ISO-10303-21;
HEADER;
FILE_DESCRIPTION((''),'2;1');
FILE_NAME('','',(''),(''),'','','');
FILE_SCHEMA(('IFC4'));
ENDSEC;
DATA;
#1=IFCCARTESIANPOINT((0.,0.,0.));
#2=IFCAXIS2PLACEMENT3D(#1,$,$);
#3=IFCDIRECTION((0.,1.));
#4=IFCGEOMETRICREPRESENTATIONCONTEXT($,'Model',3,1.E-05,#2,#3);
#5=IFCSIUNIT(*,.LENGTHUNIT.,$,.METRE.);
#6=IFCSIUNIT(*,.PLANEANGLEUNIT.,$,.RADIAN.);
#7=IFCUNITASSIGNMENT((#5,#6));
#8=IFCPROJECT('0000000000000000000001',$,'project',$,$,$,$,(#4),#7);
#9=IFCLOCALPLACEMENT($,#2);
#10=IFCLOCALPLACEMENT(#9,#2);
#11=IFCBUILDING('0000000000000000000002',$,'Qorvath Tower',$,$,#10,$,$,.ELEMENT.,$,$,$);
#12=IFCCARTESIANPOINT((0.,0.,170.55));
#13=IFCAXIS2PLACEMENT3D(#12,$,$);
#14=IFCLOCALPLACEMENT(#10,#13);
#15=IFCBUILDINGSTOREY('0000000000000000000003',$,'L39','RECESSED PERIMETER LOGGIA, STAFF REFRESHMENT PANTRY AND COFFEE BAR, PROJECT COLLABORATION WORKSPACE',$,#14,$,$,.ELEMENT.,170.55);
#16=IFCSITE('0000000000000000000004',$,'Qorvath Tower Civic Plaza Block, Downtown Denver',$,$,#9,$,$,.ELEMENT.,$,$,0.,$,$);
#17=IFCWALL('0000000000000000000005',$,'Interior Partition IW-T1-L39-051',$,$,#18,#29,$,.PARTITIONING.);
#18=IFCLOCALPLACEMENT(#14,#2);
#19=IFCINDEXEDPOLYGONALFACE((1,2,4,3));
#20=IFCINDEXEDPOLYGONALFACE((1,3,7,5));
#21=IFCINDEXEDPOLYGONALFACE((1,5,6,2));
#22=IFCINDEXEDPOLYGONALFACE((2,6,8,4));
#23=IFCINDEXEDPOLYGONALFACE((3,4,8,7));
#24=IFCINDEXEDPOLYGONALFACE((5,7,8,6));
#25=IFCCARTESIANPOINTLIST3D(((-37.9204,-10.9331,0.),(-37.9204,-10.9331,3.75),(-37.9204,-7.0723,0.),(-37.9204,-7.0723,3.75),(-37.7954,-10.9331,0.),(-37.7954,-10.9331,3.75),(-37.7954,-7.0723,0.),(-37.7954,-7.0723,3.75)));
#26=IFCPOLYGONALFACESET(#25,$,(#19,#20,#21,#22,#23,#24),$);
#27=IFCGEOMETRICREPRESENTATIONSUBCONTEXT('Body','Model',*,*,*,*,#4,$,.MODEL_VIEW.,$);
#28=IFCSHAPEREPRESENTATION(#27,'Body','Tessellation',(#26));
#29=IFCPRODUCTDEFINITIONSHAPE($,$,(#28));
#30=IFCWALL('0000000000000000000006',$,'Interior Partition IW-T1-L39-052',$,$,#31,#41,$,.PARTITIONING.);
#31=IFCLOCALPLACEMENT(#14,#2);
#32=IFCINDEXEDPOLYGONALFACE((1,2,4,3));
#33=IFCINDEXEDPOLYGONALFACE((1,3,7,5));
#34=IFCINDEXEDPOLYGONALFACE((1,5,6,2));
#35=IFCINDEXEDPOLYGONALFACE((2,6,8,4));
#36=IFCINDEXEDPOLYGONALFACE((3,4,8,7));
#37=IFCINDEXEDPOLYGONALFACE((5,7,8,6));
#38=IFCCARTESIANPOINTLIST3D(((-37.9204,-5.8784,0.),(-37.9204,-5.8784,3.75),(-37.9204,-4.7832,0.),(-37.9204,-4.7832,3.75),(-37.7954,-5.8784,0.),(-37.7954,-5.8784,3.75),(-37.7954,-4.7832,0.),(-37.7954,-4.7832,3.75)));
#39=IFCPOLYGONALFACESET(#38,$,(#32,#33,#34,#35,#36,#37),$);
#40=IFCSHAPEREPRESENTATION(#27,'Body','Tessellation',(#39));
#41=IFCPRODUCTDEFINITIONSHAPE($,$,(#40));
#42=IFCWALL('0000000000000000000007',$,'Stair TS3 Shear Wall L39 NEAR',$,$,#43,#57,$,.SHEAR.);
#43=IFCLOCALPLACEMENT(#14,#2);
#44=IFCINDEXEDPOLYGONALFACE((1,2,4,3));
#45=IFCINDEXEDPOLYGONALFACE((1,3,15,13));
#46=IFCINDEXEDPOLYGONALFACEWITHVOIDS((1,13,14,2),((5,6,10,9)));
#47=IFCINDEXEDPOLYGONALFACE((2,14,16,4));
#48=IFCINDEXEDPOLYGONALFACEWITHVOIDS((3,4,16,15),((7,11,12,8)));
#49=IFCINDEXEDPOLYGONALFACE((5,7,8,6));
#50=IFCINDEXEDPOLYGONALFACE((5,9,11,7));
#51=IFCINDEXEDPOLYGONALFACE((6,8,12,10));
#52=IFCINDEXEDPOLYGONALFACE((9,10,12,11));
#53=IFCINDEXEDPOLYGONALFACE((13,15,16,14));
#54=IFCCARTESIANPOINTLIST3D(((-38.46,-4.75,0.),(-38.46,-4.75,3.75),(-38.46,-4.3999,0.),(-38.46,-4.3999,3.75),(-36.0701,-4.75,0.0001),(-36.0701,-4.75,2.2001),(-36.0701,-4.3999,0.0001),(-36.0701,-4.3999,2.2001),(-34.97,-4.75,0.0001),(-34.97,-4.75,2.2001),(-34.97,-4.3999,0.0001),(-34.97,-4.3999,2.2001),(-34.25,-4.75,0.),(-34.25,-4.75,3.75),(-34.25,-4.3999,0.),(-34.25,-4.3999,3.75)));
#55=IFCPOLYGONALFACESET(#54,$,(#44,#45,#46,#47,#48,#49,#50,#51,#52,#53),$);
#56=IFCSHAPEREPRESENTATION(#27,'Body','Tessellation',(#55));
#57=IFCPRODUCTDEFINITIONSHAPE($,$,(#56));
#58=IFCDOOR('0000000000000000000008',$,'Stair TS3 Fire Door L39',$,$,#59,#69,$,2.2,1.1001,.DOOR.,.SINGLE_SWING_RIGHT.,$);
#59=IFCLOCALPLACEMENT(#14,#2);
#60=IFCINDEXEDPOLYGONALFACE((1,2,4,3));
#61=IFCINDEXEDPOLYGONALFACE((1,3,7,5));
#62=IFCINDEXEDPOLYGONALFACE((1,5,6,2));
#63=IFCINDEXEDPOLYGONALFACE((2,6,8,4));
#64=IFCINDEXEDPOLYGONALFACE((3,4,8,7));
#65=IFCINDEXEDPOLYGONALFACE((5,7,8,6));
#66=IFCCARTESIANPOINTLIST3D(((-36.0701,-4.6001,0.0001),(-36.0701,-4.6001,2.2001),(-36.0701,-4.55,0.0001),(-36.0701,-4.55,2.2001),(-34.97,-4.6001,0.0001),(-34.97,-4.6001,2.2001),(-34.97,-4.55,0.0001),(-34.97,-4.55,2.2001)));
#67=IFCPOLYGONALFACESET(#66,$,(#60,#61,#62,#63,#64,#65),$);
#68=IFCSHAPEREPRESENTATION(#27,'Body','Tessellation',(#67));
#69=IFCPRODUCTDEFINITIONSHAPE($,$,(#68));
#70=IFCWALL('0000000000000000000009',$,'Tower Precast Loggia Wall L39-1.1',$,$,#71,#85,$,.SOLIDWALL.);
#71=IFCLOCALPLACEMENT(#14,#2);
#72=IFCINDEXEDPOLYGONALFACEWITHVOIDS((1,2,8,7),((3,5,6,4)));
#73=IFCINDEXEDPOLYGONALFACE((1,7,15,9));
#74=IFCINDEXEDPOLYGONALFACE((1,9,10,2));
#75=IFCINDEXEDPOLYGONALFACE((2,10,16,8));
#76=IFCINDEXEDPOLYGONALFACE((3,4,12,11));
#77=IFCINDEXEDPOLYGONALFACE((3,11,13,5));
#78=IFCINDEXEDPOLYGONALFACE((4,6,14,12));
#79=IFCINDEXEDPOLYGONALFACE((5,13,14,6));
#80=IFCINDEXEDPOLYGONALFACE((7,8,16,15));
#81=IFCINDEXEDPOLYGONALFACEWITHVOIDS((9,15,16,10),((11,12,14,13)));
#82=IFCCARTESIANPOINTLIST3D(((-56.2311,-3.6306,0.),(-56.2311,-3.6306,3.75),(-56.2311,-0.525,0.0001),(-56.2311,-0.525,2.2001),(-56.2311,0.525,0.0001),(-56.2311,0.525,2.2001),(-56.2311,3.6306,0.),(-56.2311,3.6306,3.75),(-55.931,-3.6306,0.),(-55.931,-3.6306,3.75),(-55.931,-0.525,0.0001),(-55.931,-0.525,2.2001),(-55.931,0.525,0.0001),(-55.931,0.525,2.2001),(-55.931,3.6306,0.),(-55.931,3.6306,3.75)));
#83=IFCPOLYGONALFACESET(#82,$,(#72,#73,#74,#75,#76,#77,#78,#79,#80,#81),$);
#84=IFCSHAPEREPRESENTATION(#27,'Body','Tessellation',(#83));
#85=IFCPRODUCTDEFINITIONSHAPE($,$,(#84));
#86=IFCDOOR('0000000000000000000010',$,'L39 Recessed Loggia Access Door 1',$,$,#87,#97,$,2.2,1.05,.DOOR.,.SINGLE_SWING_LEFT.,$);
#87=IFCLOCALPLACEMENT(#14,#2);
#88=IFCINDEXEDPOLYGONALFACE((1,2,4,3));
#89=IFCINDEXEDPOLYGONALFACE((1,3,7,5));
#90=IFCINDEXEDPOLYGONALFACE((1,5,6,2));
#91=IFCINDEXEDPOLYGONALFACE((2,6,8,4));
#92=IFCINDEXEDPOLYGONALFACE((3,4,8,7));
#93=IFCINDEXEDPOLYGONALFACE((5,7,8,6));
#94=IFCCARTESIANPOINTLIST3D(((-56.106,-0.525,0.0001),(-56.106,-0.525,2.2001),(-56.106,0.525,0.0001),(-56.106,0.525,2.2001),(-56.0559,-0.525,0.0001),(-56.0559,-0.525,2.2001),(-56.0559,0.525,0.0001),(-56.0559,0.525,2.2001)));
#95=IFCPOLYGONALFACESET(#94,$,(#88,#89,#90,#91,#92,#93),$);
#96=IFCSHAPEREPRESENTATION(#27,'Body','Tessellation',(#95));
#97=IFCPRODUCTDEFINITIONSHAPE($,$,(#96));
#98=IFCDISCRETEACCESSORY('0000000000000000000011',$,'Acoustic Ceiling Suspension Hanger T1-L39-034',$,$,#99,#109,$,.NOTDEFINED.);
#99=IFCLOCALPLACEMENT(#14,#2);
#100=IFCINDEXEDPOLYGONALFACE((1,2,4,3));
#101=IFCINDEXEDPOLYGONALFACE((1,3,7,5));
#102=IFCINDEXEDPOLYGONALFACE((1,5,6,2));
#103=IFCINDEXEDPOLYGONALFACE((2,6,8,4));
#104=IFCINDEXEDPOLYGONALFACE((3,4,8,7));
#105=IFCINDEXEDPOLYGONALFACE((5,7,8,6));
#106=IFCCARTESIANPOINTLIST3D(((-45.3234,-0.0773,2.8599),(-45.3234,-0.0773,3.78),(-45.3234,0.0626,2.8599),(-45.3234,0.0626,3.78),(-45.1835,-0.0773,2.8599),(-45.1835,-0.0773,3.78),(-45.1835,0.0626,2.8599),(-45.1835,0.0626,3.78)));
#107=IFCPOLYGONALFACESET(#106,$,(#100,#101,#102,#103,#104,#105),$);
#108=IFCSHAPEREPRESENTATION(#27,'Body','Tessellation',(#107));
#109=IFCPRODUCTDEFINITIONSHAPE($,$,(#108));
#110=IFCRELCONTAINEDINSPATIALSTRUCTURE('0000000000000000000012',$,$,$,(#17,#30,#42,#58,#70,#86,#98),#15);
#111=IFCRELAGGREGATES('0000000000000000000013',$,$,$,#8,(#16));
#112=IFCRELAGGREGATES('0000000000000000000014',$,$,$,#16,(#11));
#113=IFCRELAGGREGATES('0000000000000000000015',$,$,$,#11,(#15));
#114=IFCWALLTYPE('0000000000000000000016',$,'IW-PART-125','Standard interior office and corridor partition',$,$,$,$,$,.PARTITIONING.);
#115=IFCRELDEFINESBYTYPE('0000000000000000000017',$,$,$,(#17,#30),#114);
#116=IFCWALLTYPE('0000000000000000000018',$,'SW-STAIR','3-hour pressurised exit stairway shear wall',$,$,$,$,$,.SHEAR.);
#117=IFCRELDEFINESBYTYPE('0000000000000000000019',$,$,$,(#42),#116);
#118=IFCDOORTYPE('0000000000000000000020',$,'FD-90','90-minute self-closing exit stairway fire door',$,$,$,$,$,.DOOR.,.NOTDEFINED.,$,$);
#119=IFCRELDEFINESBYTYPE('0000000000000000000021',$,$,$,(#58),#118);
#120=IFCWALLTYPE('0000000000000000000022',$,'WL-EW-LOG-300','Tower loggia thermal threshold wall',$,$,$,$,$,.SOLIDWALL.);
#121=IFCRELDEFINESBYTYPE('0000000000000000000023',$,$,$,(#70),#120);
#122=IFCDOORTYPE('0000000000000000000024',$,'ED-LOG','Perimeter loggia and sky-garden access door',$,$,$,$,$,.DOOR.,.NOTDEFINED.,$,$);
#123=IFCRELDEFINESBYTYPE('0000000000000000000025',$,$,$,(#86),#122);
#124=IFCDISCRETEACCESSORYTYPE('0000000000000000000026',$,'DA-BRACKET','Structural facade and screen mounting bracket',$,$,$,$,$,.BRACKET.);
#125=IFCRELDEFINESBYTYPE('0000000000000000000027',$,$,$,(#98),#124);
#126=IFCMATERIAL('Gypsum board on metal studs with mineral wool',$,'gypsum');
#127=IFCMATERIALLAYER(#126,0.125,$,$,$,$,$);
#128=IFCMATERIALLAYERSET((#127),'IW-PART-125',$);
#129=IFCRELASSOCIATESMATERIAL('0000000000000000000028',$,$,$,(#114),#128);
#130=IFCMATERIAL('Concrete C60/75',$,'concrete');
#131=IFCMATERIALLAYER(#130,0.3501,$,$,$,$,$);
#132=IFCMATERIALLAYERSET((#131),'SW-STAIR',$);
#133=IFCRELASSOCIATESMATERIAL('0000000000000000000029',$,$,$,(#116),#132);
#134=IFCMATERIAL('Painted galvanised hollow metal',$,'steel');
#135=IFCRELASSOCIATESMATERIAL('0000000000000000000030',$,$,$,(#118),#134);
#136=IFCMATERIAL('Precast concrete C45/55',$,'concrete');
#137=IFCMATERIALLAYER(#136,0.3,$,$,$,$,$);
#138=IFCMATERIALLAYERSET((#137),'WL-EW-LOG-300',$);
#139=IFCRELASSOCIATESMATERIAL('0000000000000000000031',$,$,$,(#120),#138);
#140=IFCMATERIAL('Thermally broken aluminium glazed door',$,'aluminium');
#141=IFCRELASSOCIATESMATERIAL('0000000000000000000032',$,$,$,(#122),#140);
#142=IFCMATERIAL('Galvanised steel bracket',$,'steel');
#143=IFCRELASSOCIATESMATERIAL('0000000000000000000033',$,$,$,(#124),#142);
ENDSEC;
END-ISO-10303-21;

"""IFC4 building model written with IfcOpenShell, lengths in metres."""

from ifc_helpers import new_model, si_unit, direction, frame, frame_2d, origin, origin_2d, place, context, subcontext, project, spatial, rectangle, extrude, material, layer, layer_set, type_object, element, fill, save


model = new_model("IFC4")

# Units and contexts
model_context = context("Model", 3, precision=1e-05, world=origin(), true_north=direction((0.0, 1.0)))
body_context = subcontext(model_context, "Body", "Model", "MODEL_VIEW")
ifc_project = project(units=[si_unit("LENGTHUNIT", "METRE"), si_unit("PLANEANGLEUNIT", "RADIAN")], contexts=[model_context])

# Site, building, storey
site_placement = place(None, origin())
site = spatial("IfcSite", under=ifc_project, at=site_placement, Name="Qorvath Tower Civic Plaza Block, Downtown Denver", CompositionType="ELEMENT", RefElevation=0.0)
building_placement = place(site_placement, origin())
building = spatial("IfcBuilding", under=site, at=building_placement, Name="Qorvath Tower", CompositionType="ELEMENT")
storey_placement = place(building_placement, frame((0.0, 0.0, 170.55)))
storey = spatial("IfcBuildingStorey", under=building, at=storey_placement, Name="L39", Description="RECESSED PERIMETER LOGGIA, STAFF REFRESHMENT PANTRY AND COFFEE BAR, PROJECT COLLABORATION WORKSPACE", CompositionType="ELEMENT", Elevation=170.55)

# Shared definitions
ifc_material_1 = material(Name="Gypsum board on metal studs with mineral wool", Category="gypsum")
ifc_layer_1 = layer(ifc_material_1, 0.125)
ifc_layer_set_1 = layer_set([ifc_layer_1], Name="IW-PART-125")
wall_type_1 = type_object("IfcWallType", Name="IW-PART-125", Description="Standard interior office and corridor partition", PredefinedType="PARTITIONING", material=ifc_layer_set_1)

# Walls
wall_1_placement = place(storey_placement, frame((-37.8579, -10.9331, 0.0), z_axis=(0.0, 0.0, 1.0), x_axis=(0.0, 1.0, 0.0)))
element("IfcWall", 1, at=wall_1_placement, inside=storey, type_object=wall_type_1, Name="Interior Partition IW-T1-L39-051", PredefinedType="PARTITIONING", context=body_context, shape_type="SweptSolid", body=[
    extrude(rectangle(XDim=3.8608, YDim=0.125, at=frame_2d((1.9304, 0.0))), origin(), (0.0, 0.0, 1.0), 3.75),
])
wall_2_placement = place(storey_placement, frame((-37.8579, -5.8784, 0.0), z_axis=(0.0, 0.0, 1.0), x_axis=(0.0, 1.0, 0.0)))
element("IfcWall", 2, at=wall_2_placement, inside=storey, type_object=wall_type_1, Name="Interior Partition IW-T1-L39-052", PredefinedType="PARTITIONING", context=body_context, shape_type="SweptSolid", body=[
    extrude(rectangle(XDim=1.0952, YDim=0.125, at=frame_2d((0.5476, 0.0))), origin(), (0.0, 0.0, 1.0), 3.75),
])

# Walls, openings, doors
ifc_material_2 = material(Name="Concrete C60/75", Category="concrete")
ifc_layer_2 = layer(ifc_material_2, 0.3501)
ifc_layer_set_2 = layer_set([ifc_layer_2], Name="SW-STAIR")
wall_type_2 = type_object("IfcWallType", Name="SW-STAIR", Description="3-hour pressurised exit stairway shear wall", PredefinedType="SHEAR", material=ifc_layer_set_2)
wall_3_placement = place(storey_placement, frame((-38.46, -4.575, 0.0), z_axis=(0.0, 0.0, 1.0), x_axis=(1.0, 0.0, 0.0)))
wall_3 = element("IfcWall", 3, at=wall_3_placement, inside=storey, type_object=wall_type_2, Name="Stair TS3 Shear Wall L39 NEAR", PredefinedType="SHEAR", context=body_context, shape_type="SweptSolid", body=[
    extrude(rectangle(XDim=4.21, YDim=0.3501, at=frame_2d((2.105, 0.0))), origin(), (0.0, 0.0, 1.0), 3.75),
])
opening_1_placement = place(wall_3_placement, frame((2.3899, 0.0, 0.0)))
opening_1 = element("IfcOpeningElement", 4, at=opening_1_placement, cuts=wall_3, PredefinedType="OPENING", context=body_context, shape_type="SweptSolid", body=[
    extrude(rectangle(XDim=1.1001, YDim=2.2, at=frame_2d((0.55, 1.1001))), frame((0.0, 0.1851, 0.0), z_axis=(0.0, -1.0, 0.0), x_axis=(1.0, 0.0, 0.0)), (0.0, 0.0, 1.0), 0.3701),
])
ifc_material_3 = material(Name="Painted galvanised hollow metal", Category="steel")
door_type_1 = type_object("IfcDoorType", Name="FD-90", Description="90-minute self-closing exit stairway fire door", OperationType="NOTDEFINED", PredefinedType="DOOR", material=ifc_material_3)
door_1_placement = place(opening_1_placement, origin())
door_1 = element("IfcDoor", 5, at=door_1_placement, inside=storey, type_object=door_type_1, Name="Stair TS3 Fire Door L39", OperationType="SINGLE_SWING_RIGHT", OverallHeight=2.2, OverallWidth=1.1001, PredefinedType="DOOR", context=body_context, shape_type="SweptSolid", body=[
    extrude(rectangle(XDim=1.1001, YDim=2.2, at=frame_2d((0.55, 1.1001))), frame((0.0, 0.0249, 0.0), z_axis=(0.0, -1.0, 0.0), x_axis=(1.0, 0.0, 0.0)), (0.0, 0.0, 1.0), 0.05),
])
fill(opening_1, door_1)
ifc_material_4 = material(Name="Precast concrete C45/55", Category="concrete")
ifc_layer_3 = layer(ifc_material_4, 0.3)
ifc_layer_set_3 = layer_set([ifc_layer_3], Name="WL-EW-LOG-300")
wall_type_3 = type_object("IfcWallType", Name="WL-EW-LOG-300", Description="Tower loggia thermal threshold wall", PredefinedType="SOLIDWALL", material=ifc_layer_set_3)
wall_4_placement = place(storey_placement, frame((-56.0811, -3.6306, 0.0), z_axis=(0.0, 0.0, 1.0), x_axis=(0.0, 1.0, 0.0)))
wall_4 = element("IfcWall", 6, at=wall_4_placement, inside=storey, type_object=wall_type_3, Name="Tower Precast Loggia Wall L39-1.1", PredefinedType="SOLIDWALL", context=body_context, shape_type="SweptSolid", body=[
    extrude(rectangle(XDim=7.2612, YDim=0.3, at=frame_2d((3.6306, 0.0))), origin(), (0.0, 0.0, 1.0), 3.75),
])
opening_2_placement = place(wall_4_placement, frame((3.1057, 0.0, 0.0)))
opening_2 = element("IfcOpeningElement", 7, at=opening_2_placement, cuts=wall_4, PredefinedType="OPENING", context=body_context, shape_type="SweptSolid", body=[
    extrude(rectangle(XDim=1.05, YDim=2.2, at=frame_2d((0.5249, 1.1001))), frame((0.0, 0.1602, 0.0), z_axis=(0.0, -1.0, 0.0), x_axis=(1.0, 0.0, 0.0)), (0.0, 0.0, 1.0), 0.3201),
])
ifc_material_5 = material(Name="Thermally broken aluminium glazed door", Category="aluminium")
door_type_2 = type_object("IfcDoorType", Name="ED-LOG", Description="Perimeter loggia and sky-garden access door", OperationType="NOTDEFINED", PredefinedType="DOOR", material=ifc_material_5)
door_2_placement = place(opening_2_placement, origin())
door_2 = element("IfcDoor", 8, at=door_2_placement, inside=storey, type_object=door_type_2, Name="L39 Recessed Loggia Access Door 1", OperationType="SINGLE_SWING_LEFT", OverallHeight=2.2, OverallWidth=1.05, PredefinedType="DOOR", context=body_context, shape_type="SweptSolid", body=[
    extrude(rectangle(XDim=1.05, YDim=2.2, at=frame_2d((0.5249, 1.1001))), frame((0.0, 0.0249, 0.0), z_axis=(0.0, -1.0, 0.0), x_axis=(1.0, 0.0, 0.0)), (0.0, 0.0, 1.0), 0.05),
])
fill(opening_2, door_2)

# Discrete accessory
ifc_material_6 = material(Name="Galvanised steel bracket", Category="steel")
discrete_accessory_type = type_object("IfcDiscreteAccessoryType", Name="DA-BRACKET", Description="Structural facade and screen mounting bracket", PredefinedType="BRACKET", material=ifc_material_6)
discrete_accessory_placement = place(storey_placement, frame((-45.2534, -0.0073, 2.8599), z_axis=(0.0, 0.0, 1.0), x_axis=(1.0, 0.0, 0.0)))
element("IfcDiscreteAccessory", 9, at=discrete_accessory_placement, inside=storey, type_object=discrete_accessory_type, Name="Acoustic Ceiling Suspension Hanger T1-L39-034", PredefinedType="NOTDEFINED", context=body_context, shape_type="SweptSolid", body=[
    extrude(rectangle(XDim=0.1399, YDim=0.1399, at=origin_2d()), origin(), (0.0, 0.0, 1.0), 0.9202),
])

save(model, "model.ifc")
